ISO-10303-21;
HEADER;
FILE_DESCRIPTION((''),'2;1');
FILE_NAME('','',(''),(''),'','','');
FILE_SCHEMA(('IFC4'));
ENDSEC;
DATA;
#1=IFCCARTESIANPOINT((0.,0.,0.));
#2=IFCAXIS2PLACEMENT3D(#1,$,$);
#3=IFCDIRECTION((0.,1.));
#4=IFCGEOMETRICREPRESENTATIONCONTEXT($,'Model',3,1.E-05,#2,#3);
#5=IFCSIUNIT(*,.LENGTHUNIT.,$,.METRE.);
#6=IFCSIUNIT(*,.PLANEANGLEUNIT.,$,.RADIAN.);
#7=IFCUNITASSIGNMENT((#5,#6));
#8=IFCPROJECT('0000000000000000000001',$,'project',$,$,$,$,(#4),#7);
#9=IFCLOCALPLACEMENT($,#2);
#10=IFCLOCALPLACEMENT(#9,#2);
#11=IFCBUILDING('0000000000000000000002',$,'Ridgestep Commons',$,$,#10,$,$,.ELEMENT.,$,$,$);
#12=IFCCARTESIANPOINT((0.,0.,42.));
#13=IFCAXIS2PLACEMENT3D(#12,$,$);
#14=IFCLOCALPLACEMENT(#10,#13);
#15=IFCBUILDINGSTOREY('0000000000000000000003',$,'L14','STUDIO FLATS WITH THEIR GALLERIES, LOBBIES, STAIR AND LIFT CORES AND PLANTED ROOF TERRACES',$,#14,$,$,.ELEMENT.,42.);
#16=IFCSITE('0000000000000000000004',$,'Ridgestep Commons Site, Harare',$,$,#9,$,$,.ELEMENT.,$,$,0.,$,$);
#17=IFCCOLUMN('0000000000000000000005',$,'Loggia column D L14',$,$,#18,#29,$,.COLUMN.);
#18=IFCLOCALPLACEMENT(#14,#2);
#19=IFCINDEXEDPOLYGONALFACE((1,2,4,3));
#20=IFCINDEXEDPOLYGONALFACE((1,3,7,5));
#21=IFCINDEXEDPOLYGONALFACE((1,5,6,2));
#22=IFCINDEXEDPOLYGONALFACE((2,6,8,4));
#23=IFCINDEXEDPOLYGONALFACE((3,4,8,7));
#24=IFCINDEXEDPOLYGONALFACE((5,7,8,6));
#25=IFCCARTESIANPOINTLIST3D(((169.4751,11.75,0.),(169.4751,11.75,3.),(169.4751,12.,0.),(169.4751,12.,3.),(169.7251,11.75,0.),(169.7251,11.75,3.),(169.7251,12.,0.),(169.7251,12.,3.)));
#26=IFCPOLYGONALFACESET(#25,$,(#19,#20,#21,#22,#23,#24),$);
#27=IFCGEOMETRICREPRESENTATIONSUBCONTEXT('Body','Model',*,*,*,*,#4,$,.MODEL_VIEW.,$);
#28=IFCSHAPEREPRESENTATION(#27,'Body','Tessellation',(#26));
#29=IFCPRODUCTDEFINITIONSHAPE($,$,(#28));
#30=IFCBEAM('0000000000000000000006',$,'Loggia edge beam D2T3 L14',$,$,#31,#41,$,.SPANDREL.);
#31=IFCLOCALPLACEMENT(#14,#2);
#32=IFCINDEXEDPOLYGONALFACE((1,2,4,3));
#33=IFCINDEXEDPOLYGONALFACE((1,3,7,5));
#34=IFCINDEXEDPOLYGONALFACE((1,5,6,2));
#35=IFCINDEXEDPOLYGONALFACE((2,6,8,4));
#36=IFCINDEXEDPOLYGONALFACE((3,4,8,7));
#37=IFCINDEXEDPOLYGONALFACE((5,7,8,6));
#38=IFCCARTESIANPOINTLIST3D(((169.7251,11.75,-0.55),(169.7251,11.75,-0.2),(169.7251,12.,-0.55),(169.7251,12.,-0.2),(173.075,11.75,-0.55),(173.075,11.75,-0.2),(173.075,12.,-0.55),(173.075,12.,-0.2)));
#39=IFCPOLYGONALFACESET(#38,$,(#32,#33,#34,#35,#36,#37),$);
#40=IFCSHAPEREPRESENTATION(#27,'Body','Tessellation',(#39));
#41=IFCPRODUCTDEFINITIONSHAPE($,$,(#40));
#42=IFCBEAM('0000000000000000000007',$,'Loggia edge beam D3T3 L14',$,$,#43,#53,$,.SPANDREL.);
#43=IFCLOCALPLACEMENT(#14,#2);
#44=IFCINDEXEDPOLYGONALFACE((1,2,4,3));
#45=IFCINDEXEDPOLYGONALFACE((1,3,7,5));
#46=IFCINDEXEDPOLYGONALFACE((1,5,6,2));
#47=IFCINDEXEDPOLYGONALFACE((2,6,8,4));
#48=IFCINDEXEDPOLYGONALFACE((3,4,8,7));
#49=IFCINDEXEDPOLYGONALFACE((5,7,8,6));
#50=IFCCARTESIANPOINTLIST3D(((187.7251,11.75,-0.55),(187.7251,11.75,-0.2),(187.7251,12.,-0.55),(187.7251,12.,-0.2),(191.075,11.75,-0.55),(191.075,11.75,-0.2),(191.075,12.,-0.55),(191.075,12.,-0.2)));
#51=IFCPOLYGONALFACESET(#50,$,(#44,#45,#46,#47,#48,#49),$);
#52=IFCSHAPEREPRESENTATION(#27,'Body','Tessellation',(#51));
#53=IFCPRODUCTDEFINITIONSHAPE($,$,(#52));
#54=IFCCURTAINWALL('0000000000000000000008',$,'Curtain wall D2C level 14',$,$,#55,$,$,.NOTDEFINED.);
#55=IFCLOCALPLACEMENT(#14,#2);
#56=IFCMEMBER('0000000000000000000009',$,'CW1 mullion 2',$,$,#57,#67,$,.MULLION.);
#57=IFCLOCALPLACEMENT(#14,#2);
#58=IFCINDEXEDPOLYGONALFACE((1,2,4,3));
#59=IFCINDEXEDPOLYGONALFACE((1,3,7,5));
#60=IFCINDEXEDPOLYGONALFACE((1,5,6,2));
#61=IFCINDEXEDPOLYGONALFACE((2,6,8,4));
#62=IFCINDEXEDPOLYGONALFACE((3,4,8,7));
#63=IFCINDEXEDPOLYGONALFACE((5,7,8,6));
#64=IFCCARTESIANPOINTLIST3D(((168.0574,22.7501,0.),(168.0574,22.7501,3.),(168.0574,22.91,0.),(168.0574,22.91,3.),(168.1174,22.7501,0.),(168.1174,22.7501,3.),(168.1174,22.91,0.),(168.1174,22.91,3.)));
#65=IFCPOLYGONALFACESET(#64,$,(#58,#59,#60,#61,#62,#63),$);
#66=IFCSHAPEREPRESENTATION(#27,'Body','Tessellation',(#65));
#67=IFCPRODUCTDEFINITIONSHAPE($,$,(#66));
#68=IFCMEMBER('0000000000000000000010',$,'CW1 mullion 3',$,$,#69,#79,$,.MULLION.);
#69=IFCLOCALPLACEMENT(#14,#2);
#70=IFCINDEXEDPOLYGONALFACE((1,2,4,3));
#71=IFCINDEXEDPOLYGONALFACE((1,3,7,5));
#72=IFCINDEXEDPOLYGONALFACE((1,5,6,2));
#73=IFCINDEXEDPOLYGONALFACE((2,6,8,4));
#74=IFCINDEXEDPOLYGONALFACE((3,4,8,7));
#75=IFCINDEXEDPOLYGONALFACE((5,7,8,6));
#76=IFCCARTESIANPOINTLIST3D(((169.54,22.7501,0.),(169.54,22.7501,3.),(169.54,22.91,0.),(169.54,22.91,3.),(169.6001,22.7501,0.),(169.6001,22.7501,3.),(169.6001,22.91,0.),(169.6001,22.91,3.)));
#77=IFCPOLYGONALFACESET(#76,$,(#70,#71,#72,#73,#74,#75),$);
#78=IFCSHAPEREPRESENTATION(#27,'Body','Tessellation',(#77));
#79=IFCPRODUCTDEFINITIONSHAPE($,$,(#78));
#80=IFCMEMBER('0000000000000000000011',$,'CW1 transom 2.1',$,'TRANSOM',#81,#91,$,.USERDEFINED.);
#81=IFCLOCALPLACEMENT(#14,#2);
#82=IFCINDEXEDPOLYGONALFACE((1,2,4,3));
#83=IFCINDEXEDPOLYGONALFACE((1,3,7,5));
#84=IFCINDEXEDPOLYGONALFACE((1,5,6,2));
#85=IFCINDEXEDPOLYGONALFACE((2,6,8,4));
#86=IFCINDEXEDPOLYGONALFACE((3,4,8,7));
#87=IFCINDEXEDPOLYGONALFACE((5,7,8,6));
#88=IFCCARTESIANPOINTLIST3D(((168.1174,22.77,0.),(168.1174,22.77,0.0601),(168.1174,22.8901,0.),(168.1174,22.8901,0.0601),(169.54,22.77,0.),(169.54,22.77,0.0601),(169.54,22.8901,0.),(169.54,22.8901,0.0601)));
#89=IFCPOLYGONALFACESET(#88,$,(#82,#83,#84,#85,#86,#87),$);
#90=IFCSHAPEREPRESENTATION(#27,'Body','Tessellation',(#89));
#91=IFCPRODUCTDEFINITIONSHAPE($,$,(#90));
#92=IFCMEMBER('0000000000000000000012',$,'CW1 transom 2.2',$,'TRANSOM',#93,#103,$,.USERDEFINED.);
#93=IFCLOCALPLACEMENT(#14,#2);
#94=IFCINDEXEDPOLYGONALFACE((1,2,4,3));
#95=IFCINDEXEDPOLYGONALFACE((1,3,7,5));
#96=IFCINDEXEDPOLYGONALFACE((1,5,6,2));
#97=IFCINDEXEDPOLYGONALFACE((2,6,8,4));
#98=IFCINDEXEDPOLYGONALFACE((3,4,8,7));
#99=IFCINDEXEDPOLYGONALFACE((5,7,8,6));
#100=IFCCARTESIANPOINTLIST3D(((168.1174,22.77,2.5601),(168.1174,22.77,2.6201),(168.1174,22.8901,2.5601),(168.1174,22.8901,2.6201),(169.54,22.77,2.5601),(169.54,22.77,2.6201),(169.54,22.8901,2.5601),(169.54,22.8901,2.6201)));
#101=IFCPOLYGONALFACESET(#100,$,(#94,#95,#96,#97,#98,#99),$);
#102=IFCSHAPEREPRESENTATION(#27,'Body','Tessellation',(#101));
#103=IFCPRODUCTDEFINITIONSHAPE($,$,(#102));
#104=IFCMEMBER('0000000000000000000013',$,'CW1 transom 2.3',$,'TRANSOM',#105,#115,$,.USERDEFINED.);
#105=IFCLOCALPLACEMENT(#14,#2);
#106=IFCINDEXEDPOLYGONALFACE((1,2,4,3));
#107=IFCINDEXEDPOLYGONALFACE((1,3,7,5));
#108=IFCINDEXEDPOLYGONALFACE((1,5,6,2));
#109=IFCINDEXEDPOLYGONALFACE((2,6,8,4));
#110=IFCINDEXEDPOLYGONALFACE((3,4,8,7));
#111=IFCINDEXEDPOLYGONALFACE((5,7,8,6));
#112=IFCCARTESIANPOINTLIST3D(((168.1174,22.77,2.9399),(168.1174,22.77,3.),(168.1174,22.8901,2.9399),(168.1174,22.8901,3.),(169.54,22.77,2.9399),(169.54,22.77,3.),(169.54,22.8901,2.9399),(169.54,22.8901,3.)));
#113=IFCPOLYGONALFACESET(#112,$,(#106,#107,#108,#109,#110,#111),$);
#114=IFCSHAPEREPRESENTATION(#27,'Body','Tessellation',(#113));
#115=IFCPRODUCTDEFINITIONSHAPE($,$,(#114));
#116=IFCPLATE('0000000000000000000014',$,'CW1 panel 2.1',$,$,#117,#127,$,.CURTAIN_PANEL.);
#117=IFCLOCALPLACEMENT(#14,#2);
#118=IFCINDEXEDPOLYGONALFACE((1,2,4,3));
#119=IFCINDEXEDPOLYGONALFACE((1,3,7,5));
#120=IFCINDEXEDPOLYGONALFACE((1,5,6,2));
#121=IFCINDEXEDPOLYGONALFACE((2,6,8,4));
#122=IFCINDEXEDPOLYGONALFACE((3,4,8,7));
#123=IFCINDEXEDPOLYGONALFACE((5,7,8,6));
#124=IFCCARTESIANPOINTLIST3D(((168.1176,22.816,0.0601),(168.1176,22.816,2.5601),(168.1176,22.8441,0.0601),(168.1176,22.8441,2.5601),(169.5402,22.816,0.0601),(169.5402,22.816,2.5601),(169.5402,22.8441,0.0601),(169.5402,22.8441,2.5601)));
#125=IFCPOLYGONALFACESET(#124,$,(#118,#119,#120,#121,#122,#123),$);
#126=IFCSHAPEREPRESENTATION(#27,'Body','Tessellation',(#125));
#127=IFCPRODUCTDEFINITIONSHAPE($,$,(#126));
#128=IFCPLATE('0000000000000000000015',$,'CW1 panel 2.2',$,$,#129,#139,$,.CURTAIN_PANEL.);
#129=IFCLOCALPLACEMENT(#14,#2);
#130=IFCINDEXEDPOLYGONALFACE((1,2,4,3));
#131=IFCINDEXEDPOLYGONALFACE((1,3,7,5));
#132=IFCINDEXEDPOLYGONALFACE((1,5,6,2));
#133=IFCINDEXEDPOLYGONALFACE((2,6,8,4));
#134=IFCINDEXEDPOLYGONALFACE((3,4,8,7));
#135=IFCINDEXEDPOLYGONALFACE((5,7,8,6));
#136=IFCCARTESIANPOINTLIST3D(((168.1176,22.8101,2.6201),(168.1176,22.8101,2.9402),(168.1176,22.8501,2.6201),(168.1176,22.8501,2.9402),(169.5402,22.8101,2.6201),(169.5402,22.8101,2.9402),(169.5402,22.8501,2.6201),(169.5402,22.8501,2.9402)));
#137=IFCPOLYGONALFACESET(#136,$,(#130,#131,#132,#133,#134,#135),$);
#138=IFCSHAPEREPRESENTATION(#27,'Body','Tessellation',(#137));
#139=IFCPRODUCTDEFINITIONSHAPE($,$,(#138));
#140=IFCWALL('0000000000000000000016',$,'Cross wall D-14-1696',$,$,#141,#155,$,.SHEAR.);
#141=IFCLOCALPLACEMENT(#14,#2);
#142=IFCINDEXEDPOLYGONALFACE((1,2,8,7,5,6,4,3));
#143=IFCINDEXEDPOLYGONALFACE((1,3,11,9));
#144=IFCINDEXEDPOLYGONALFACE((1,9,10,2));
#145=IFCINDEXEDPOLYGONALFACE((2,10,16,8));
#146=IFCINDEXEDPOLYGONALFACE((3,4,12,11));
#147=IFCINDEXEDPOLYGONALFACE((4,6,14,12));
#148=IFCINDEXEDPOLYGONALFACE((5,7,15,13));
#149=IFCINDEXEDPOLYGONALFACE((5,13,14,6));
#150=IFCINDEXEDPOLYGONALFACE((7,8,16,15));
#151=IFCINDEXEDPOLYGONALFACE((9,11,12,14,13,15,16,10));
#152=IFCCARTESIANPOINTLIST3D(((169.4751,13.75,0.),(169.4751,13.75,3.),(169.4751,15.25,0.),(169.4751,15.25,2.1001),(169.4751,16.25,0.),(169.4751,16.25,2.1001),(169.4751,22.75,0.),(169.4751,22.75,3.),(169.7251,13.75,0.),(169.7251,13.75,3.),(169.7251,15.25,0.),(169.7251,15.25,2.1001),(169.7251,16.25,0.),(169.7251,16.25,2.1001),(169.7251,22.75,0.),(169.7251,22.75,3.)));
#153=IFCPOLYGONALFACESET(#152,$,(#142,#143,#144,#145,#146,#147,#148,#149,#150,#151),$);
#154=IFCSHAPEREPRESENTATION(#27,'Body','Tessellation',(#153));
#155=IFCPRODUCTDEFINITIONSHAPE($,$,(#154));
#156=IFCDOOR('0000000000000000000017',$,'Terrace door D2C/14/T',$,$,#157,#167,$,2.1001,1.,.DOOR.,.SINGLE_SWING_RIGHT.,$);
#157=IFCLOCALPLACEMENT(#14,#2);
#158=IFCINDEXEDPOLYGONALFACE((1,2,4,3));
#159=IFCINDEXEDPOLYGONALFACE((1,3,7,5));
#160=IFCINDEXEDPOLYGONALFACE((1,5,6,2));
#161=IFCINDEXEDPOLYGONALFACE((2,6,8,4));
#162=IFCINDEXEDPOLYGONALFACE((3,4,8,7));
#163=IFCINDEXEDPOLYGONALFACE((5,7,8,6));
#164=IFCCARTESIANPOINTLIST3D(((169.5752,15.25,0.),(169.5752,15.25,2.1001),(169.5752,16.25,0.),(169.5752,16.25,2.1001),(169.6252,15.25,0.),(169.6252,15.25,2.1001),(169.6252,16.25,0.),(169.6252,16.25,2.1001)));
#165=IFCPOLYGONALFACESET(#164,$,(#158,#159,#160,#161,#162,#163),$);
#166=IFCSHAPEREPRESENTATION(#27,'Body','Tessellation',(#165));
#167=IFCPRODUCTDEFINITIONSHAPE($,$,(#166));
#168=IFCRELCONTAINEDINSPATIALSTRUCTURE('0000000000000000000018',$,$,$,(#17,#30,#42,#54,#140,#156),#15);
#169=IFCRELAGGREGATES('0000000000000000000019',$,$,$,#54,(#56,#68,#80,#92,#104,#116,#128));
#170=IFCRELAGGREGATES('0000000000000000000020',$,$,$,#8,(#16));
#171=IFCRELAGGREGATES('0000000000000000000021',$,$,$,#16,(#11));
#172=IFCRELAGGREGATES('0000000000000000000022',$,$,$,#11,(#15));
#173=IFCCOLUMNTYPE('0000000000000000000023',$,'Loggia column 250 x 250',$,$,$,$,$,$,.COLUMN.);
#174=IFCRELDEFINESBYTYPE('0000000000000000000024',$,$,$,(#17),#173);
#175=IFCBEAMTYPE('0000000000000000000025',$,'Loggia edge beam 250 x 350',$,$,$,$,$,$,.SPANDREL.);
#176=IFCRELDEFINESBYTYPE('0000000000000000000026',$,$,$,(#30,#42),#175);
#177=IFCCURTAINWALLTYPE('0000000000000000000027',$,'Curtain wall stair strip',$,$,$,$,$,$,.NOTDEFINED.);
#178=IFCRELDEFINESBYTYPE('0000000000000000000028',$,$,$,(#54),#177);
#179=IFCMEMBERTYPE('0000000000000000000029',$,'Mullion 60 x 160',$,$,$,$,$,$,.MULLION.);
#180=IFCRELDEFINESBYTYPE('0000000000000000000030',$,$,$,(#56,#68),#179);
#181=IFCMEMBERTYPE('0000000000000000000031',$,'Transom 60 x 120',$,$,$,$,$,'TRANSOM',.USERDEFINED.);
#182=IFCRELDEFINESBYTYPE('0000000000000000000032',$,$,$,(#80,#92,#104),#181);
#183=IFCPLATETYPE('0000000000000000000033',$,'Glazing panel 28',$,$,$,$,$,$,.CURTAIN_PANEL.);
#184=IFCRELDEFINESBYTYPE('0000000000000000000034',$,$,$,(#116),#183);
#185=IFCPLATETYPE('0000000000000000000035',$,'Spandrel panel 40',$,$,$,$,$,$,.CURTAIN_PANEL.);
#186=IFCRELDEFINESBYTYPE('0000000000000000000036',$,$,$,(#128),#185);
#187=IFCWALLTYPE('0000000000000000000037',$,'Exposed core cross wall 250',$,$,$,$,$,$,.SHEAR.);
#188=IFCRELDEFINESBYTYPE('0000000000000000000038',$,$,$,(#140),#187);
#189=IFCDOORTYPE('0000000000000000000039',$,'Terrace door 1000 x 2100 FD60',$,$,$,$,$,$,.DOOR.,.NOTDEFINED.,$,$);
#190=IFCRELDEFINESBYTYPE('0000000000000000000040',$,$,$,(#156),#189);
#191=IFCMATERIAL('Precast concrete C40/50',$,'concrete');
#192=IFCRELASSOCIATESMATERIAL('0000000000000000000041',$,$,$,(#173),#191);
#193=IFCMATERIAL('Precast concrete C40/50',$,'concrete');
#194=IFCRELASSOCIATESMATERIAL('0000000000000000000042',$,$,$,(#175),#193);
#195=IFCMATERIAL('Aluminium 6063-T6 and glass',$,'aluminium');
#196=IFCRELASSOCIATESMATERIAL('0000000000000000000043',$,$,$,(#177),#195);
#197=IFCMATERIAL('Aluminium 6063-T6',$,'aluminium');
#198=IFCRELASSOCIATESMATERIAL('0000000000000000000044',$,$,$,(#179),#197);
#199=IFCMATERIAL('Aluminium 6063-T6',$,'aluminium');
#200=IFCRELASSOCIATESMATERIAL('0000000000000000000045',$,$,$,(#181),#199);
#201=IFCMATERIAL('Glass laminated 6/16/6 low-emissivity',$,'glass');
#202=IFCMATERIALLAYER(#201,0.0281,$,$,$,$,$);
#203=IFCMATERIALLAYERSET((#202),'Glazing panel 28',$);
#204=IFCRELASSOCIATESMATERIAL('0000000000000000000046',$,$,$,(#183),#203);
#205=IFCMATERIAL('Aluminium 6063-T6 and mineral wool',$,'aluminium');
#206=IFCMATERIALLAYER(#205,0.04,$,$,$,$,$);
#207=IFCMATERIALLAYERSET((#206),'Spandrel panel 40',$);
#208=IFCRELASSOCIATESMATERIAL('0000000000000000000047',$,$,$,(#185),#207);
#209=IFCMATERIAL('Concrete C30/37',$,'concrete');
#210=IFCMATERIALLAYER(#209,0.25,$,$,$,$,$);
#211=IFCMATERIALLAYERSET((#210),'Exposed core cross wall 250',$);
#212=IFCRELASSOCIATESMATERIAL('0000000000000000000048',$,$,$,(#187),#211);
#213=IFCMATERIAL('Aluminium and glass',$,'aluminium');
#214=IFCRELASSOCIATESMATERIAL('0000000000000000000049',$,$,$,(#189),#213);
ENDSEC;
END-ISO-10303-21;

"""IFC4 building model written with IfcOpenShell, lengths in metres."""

from ifc_helpers import new_model, si_unit, direction, frame, frame_2d, origin, origin_2d, place, context, subcontext, project, spatial, rectangle, extrude, material, layer, layer_set, material_profile, profile_set, type_object, element, fill, aggregate, save


model = new_model("IFC4")

# Units and contexts
model_context = context("Model", 3, precision=1e-05, world=origin(), true_north=direction((0.0, 1.0)))
body_context = subcontext(model_context, "Body", "Model", "MODEL_VIEW")
ifc_project = project(units=[si_unit("LENGTHUNIT", "METRE"), si_unit("PLANEANGLEUNIT", "RADIAN")], contexts=[model_context])

# Site, building, storey
site_placement = place(None, origin())
site = spatial("IfcSite", under=ifc_project, at=site_placement, Name="Ridgestep Commons Site, Harare", CompositionType="ELEMENT", RefElevation=0.0)
building_placement = place(site_placement, origin())
building = spatial("IfcBuilding", under=site, at=building_placement, Name="Ridgestep Commons", CompositionType="ELEMENT")
storey_placement = place(building_placement, frame((0.0, 0.0, 42.0)))
storey = spatial("IfcBuildingStorey", under=building, at=storey_placement, Name="L14", Description="STUDIO FLATS WITH THEIR GALLERIES, LOBBIES, STAIR AND LIFT CORES AND PLANTED ROOF TERRACES", CompositionType="ELEMENT", Elevation=42.0)

# Column
ifc_material_1 = material(Name="Precast concrete C40/50", Category="concrete")
ifc_material_profile_1 = material_profile(ifc_material_1, rectangle(XDim=0.25, YDim=0.25, at=origin_2d()), Name="PC 250x250")
ifc_profile_set_1 = profile_set([ifc_material_profile_1], Name="Precast concrete C40/50")
column_type = type_object("IfcColumnType", Name="Loggia column 250 x 250", PredefinedType="COLUMN", material=ifc_profile_set_1)
column_placement = place(storey_placement, frame((169.6001, 11.875, 0.0), z_axis=(0.0, 0.0, 1.0), x_axis=(1.0, 0.0, 0.0)))
element("IfcColumn", 1, at=column_placement, inside=storey, type_object=column_type, Name="Loggia column D L14", PredefinedType="COLUMN", context=body_context, shape_type="SweptSolid", body=[
    extrude(rectangle(XDim=0.25, YDim=0.25, at=origin_2d()), origin(), (0.0, 0.0, 1.0), 3.0),
])

# Beams
ifc_material_2 = material(Name="Precast concrete C40/50", Category="concrete")
ifc_material_profile_2 = material_profile(ifc_material_2, rectangle(XDim=0.25, YDim=0.3501, at=origin_2d()), Name="PC 250x350")
ifc_profile_set_2 = profile_set([ifc_material_profile_2], Name="Precast concrete C40/50")
beam_type = type_object("IfcBeamType", Name="Loggia edge beam 250 x 350", PredefinedType="SPANDREL", material=ifc_profile_set_2)
for number, where, z_axis, x_axis, name in (
    (2, (169.7251, 11.875, -0.375), (1.0, 0.0, 0.0), (0.0, 1.0, 0.0), "Loggia edge beam D2T3 L14"),
    (3, (187.7251, 11.875, -0.375), (1.0, 0.0, 0.0), (0.0, 1.0, 0.0), "Loggia edge beam D3T3 L14"),
):
    element("IfcBeam", number, at=place(storey_placement, frame(where, z_axis=z_axis, x_axis=x_axis)), inside=storey, type_object=beam_type, Name=name, PredefinedType="SPANDREL", context=body_context, shape_type="SweptSolid", body=[
        extrude(rectangle(XDim=0.25, YDim=0.3501, at=origin_2d()), origin(), (0.0, 0.0, 1.0), 3.3499),
    ])

# Curtain wall, members, plates
ifc_material_3 = material(Name="Aluminium 6063-T6 and glass", Category="aluminium")
curtain_wall_type = type_object("IfcCurtainWallType", Name="Curtain wall stair strip", PredefinedType="NOTDEFINED", material=ifc_material_3)
curtain_wall_placement = place(storey_placement, origin())
curtain_wall = element("IfcCurtainWall", 4, at=curtain_wall_placement, inside=storey, type_object=curtain_wall_type, Name="Curtain wall D2C level 14", PredefinedType="NOTDEFINED")
ifc_material_4 = material(Name="Aluminium 6063-T6", Category="aluminium")
ifc_material_profile_3 = material_profile(ifc_material_4, rectangle(XDim=0.1599, YDim=0.0601, at=origin_2d()), Name="Mullion 60 x 160")
ifc_profile_set_3 = profile_set([ifc_material_profile_3], Name="Aluminium 6063-T6")
member_type_1 = type_object("IfcMemberType", Name="Mullion 60 x 160", PredefinedType="MULLION", material=ifc_profile_set_3)
member_1_placement = place(storey_placement, frame((168.0874, 22.8301, 0.0), z_axis=(0.0, 0.0, 1.0), x_axis=(0.0, 1.0, 0.0)))
member_1 = element("IfcMember", 5, at=member_1_placement, type_object=member_type_1, Name="CW1 mullion 2", PredefinedType="MULLION", context=body_context, shape_type="SweptSolid", body=[
    extrude(rectangle(XDim=0.1599, YDim=0.0601, at=origin_2d()), origin(), (0.0, 0.0, 1.0), 3.0),
])
member_2_placement = place(storey_placement, frame((169.5701, 22.8301, 0.0), z_axis=(0.0, 0.0, 1.0), x_axis=(0.0, 1.0, 0.0)))
member_2 = element("IfcMember", 6, at=member_2_placement, type_object=member_type_1, Name="CW1 mullion 3", PredefinedType="MULLION", context=body_context, shape_type="SweptSolid", body=[
    extrude(rectangle(XDim=0.1599, YDim=0.0601, at=origin_2d()), origin(), (0.0, 0.0, 1.0), 3.0),
])
ifc_material_5 = material(Name="Aluminium 6063-T6", Category="aluminium")
ifc_material_profile_4 = material_profile(ifc_material_5, rectangle(XDim=0.1201, YDim=0.0601, at=origin_2d()), Name="Transom 60 x 120")
ifc_profile_set_4 = profile_set([ifc_material_profile_4], Name="Aluminium 6063-T6")
member_type_2 = type_object("IfcMemberType", Name="Transom 60 x 120", ElementType="TRANSOM", PredefinedType="USERDEFINED", material=ifc_profile_set_4)
member_3_placement = place(storey_placement, frame((168.1174, 22.8301, 0.03), z_axis=(1.0, 0.0, 0.0), x_axis=(0.0, 1.0, 0.0)))
member_3 = element("IfcMember", 7, at=member_3_placement, type_object=member_type_2, Name="CW1 transom 2.1", ObjectType="TRANSOM", PredefinedType="USERDEFINED", context=body_context, shape_type="SweptSolid", body=[
    extrude(rectangle(XDim=0.1201, YDim=0.0601, at=origin_2d()), origin(), (0.0, 0.0, 1.0), 1.4226),
])
member_4_placement = place(storey_placement, frame((168.1174, 22.8301, 2.5901), z_axis=(1.0, 0.0, 0.0), x_axis=(0.0, 1.0, 0.0)))
member_4 = element("IfcMember", 8, at=member_4_placement, type_object=member_type_2, Name="CW1 transom 2.2", ObjectType="TRANSOM", PredefinedType="USERDEFINED", context=body_context, shape_type="SweptSolid", body=[
    extrude(rectangle(XDim=0.1201, YDim=0.0601, at=origin_2d()), origin(), (0.0, 0.0, 1.0), 1.4226),
])
member_5_placement = place(storey_placement, frame((168.1174, 22.8301, 2.97), z_axis=(1.0, 0.0, 0.0), x_axis=(0.0, 1.0, 0.0)))
member_5 = element("IfcMember", 9, at=member_5_placement, type_object=member_type_2, Name="CW1 transom 2.3", ObjectType="TRANSOM", PredefinedType="USERDEFINED", context=body_context, shape_type="SweptSolid", body=[
    extrude(rectangle(XDim=0.1201, YDim=0.0601, at=origin_2d()), origin(), (0.0, 0.0, 1.0), 1.4226),
])
ifc_material_6 = material(Name="Glass laminated 6/16/6 low-emissivity", Category="glass")
ifc_layer_1 = layer(ifc_material_6, 0.0281)
ifc_layer_set_1 = layer_set([ifc_layer_1], Name="Glazing panel 28")
plate_type_1 = type_object("IfcPlateType", Name="Glazing panel 28", PredefinedType="CURTAIN_PANEL", material=ifc_layer_set_1)
plate_1_placement = place(storey_placement, frame((168.8289, 22.8301, 0.0601), z_axis=(0.0, 0.0, 1.0), x_axis=(1.0, 0.0, 0.0)))
plate_1 = element("IfcPlate", 10, at=plate_1_placement, type_object=plate_type_1, Name="CW1 panel 2.1", PredefinedType="CURTAIN_PANEL", context=body_context, shape_type="SweptSolid", body=[
    extrude(rectangle(XDim=1.4226, YDim=0.0281, at=origin_2d()), origin(), (0.0, 0.0, 1.0), 2.5),
])
ifc_material_7 = material(Name="Aluminium 6063-T6 and mineral wool", Category="aluminium")
ifc_layer_2 = layer(ifc_material_7, 0.04)
ifc_layer_set_2 = layer_set([ifc_layer_2], Name="Spandrel panel 40")
plate_type_2 = type_object("IfcPlateType", Name="Spandrel panel 40", PredefinedType="CURTAIN_PANEL", material=ifc_layer_set_2)
plate_2_placement = place(storey_placement, frame((168.8289, 22.8301, 2.6201), z_axis=(0.0, 0.0, 1.0), x_axis=(1.0, 0.0, 0.0)))
plate_2 = element("IfcPlate", 11, at=plate_2_placement, type_object=plate_type_2, Name="CW1 panel 2.2", PredefinedType="CURTAIN_PANEL", context=body_context, shape_type="SweptSolid", body=[
    extrude(rectangle(XDim=1.4226, YDim=0.04, at=origin_2d()), origin(), (0.0, 0.0, 1.0), 0.3201),
])
aggregate(curtain_wall, [member_1, member_2, member_3, member_4, member_5, plate_1, plate_2])

# Wall, opening, door
ifc_material_8 = material(Name="Concrete C30/37", Category="concrete")
ifc_layer_3 = layer(ifc_material_8, 0.25)
ifc_layer_set_3 = layer_set([ifc_layer_3], Name="Exposed core cross wall 250")
wall_type_1 = type_object("IfcWallType", Name="Exposed core cross wall 250", PredefinedType="SHEAR", material=ifc_layer_set_3)
wall_placement = place(storey_placement, frame((169.6001, 13.75, 0.0), z_axis=(0.0, 0.0, 1.0), x_axis=(0.0, 1.0, 0.0)))
wall = element("IfcWall", 12, at=wall_placement, inside=storey, type_object=wall_type_1, Name="Cross wall D-14-1696", PredefinedType="SHEAR", context=body_context, shape_type="SweptSolid", body=[
    extrude(rectangle(XDim=9.0, YDim=0.25, at=frame_2d((4.5, 0.0))), origin(), (0.0, 0.0, 1.0), 3.0),
])
opening_placement = place(wall_placement, frame((1.5, 0.0, 0.0)))
opening = element("IfcOpeningElement", 13, at=opening_placement, cuts=wall, PredefinedType="OPENING", context=body_context, shape_type="SweptSolid", body=[
    extrude(rectangle(XDim=1.0, YDim=2.1001, at=frame_2d((0.5, 1.05))), frame((0.0, 0.135, 0.0), z_axis=(0.0, -1.0, 0.0), x_axis=(1.0, 0.0, 0.0)), (0.0, 0.0, 1.0), 0.27),
])
ifc_material_9 = material(Name="Aluminium and glass", Category="aluminium")
door_type = type_object("IfcDoorType", Name="Terrace door 1000 x 2100 FD60", OperationType="NOTDEFINED", PredefinedType="DOOR", material=ifc_material_9)
door_placement = place(opening_placement, origin())
door = element("IfcDoor", 14, at=door_placement, inside=storey, type_object=door_type, Name="Terrace door D2C/14/T", OperationType="SINGLE_SWING_RIGHT", OverallHeight=2.1001, OverallWidth=1.0, PredefinedType="DOOR", context=body_context, shape_type="SweptSolid", body=[
    extrude(rectangle(XDim=1.0, YDim=2.1001, at=frame_2d((0.5, 1.05))), frame((0.0, 0.0249, 0.0), z_axis=(0.0, -1.0, 0.0), x_axis=(1.0, 0.0, 0.0)), (0.0, 0.0, 1.0), 0.05),
])
fill(opening, door)

save(model, "model.ifc")
